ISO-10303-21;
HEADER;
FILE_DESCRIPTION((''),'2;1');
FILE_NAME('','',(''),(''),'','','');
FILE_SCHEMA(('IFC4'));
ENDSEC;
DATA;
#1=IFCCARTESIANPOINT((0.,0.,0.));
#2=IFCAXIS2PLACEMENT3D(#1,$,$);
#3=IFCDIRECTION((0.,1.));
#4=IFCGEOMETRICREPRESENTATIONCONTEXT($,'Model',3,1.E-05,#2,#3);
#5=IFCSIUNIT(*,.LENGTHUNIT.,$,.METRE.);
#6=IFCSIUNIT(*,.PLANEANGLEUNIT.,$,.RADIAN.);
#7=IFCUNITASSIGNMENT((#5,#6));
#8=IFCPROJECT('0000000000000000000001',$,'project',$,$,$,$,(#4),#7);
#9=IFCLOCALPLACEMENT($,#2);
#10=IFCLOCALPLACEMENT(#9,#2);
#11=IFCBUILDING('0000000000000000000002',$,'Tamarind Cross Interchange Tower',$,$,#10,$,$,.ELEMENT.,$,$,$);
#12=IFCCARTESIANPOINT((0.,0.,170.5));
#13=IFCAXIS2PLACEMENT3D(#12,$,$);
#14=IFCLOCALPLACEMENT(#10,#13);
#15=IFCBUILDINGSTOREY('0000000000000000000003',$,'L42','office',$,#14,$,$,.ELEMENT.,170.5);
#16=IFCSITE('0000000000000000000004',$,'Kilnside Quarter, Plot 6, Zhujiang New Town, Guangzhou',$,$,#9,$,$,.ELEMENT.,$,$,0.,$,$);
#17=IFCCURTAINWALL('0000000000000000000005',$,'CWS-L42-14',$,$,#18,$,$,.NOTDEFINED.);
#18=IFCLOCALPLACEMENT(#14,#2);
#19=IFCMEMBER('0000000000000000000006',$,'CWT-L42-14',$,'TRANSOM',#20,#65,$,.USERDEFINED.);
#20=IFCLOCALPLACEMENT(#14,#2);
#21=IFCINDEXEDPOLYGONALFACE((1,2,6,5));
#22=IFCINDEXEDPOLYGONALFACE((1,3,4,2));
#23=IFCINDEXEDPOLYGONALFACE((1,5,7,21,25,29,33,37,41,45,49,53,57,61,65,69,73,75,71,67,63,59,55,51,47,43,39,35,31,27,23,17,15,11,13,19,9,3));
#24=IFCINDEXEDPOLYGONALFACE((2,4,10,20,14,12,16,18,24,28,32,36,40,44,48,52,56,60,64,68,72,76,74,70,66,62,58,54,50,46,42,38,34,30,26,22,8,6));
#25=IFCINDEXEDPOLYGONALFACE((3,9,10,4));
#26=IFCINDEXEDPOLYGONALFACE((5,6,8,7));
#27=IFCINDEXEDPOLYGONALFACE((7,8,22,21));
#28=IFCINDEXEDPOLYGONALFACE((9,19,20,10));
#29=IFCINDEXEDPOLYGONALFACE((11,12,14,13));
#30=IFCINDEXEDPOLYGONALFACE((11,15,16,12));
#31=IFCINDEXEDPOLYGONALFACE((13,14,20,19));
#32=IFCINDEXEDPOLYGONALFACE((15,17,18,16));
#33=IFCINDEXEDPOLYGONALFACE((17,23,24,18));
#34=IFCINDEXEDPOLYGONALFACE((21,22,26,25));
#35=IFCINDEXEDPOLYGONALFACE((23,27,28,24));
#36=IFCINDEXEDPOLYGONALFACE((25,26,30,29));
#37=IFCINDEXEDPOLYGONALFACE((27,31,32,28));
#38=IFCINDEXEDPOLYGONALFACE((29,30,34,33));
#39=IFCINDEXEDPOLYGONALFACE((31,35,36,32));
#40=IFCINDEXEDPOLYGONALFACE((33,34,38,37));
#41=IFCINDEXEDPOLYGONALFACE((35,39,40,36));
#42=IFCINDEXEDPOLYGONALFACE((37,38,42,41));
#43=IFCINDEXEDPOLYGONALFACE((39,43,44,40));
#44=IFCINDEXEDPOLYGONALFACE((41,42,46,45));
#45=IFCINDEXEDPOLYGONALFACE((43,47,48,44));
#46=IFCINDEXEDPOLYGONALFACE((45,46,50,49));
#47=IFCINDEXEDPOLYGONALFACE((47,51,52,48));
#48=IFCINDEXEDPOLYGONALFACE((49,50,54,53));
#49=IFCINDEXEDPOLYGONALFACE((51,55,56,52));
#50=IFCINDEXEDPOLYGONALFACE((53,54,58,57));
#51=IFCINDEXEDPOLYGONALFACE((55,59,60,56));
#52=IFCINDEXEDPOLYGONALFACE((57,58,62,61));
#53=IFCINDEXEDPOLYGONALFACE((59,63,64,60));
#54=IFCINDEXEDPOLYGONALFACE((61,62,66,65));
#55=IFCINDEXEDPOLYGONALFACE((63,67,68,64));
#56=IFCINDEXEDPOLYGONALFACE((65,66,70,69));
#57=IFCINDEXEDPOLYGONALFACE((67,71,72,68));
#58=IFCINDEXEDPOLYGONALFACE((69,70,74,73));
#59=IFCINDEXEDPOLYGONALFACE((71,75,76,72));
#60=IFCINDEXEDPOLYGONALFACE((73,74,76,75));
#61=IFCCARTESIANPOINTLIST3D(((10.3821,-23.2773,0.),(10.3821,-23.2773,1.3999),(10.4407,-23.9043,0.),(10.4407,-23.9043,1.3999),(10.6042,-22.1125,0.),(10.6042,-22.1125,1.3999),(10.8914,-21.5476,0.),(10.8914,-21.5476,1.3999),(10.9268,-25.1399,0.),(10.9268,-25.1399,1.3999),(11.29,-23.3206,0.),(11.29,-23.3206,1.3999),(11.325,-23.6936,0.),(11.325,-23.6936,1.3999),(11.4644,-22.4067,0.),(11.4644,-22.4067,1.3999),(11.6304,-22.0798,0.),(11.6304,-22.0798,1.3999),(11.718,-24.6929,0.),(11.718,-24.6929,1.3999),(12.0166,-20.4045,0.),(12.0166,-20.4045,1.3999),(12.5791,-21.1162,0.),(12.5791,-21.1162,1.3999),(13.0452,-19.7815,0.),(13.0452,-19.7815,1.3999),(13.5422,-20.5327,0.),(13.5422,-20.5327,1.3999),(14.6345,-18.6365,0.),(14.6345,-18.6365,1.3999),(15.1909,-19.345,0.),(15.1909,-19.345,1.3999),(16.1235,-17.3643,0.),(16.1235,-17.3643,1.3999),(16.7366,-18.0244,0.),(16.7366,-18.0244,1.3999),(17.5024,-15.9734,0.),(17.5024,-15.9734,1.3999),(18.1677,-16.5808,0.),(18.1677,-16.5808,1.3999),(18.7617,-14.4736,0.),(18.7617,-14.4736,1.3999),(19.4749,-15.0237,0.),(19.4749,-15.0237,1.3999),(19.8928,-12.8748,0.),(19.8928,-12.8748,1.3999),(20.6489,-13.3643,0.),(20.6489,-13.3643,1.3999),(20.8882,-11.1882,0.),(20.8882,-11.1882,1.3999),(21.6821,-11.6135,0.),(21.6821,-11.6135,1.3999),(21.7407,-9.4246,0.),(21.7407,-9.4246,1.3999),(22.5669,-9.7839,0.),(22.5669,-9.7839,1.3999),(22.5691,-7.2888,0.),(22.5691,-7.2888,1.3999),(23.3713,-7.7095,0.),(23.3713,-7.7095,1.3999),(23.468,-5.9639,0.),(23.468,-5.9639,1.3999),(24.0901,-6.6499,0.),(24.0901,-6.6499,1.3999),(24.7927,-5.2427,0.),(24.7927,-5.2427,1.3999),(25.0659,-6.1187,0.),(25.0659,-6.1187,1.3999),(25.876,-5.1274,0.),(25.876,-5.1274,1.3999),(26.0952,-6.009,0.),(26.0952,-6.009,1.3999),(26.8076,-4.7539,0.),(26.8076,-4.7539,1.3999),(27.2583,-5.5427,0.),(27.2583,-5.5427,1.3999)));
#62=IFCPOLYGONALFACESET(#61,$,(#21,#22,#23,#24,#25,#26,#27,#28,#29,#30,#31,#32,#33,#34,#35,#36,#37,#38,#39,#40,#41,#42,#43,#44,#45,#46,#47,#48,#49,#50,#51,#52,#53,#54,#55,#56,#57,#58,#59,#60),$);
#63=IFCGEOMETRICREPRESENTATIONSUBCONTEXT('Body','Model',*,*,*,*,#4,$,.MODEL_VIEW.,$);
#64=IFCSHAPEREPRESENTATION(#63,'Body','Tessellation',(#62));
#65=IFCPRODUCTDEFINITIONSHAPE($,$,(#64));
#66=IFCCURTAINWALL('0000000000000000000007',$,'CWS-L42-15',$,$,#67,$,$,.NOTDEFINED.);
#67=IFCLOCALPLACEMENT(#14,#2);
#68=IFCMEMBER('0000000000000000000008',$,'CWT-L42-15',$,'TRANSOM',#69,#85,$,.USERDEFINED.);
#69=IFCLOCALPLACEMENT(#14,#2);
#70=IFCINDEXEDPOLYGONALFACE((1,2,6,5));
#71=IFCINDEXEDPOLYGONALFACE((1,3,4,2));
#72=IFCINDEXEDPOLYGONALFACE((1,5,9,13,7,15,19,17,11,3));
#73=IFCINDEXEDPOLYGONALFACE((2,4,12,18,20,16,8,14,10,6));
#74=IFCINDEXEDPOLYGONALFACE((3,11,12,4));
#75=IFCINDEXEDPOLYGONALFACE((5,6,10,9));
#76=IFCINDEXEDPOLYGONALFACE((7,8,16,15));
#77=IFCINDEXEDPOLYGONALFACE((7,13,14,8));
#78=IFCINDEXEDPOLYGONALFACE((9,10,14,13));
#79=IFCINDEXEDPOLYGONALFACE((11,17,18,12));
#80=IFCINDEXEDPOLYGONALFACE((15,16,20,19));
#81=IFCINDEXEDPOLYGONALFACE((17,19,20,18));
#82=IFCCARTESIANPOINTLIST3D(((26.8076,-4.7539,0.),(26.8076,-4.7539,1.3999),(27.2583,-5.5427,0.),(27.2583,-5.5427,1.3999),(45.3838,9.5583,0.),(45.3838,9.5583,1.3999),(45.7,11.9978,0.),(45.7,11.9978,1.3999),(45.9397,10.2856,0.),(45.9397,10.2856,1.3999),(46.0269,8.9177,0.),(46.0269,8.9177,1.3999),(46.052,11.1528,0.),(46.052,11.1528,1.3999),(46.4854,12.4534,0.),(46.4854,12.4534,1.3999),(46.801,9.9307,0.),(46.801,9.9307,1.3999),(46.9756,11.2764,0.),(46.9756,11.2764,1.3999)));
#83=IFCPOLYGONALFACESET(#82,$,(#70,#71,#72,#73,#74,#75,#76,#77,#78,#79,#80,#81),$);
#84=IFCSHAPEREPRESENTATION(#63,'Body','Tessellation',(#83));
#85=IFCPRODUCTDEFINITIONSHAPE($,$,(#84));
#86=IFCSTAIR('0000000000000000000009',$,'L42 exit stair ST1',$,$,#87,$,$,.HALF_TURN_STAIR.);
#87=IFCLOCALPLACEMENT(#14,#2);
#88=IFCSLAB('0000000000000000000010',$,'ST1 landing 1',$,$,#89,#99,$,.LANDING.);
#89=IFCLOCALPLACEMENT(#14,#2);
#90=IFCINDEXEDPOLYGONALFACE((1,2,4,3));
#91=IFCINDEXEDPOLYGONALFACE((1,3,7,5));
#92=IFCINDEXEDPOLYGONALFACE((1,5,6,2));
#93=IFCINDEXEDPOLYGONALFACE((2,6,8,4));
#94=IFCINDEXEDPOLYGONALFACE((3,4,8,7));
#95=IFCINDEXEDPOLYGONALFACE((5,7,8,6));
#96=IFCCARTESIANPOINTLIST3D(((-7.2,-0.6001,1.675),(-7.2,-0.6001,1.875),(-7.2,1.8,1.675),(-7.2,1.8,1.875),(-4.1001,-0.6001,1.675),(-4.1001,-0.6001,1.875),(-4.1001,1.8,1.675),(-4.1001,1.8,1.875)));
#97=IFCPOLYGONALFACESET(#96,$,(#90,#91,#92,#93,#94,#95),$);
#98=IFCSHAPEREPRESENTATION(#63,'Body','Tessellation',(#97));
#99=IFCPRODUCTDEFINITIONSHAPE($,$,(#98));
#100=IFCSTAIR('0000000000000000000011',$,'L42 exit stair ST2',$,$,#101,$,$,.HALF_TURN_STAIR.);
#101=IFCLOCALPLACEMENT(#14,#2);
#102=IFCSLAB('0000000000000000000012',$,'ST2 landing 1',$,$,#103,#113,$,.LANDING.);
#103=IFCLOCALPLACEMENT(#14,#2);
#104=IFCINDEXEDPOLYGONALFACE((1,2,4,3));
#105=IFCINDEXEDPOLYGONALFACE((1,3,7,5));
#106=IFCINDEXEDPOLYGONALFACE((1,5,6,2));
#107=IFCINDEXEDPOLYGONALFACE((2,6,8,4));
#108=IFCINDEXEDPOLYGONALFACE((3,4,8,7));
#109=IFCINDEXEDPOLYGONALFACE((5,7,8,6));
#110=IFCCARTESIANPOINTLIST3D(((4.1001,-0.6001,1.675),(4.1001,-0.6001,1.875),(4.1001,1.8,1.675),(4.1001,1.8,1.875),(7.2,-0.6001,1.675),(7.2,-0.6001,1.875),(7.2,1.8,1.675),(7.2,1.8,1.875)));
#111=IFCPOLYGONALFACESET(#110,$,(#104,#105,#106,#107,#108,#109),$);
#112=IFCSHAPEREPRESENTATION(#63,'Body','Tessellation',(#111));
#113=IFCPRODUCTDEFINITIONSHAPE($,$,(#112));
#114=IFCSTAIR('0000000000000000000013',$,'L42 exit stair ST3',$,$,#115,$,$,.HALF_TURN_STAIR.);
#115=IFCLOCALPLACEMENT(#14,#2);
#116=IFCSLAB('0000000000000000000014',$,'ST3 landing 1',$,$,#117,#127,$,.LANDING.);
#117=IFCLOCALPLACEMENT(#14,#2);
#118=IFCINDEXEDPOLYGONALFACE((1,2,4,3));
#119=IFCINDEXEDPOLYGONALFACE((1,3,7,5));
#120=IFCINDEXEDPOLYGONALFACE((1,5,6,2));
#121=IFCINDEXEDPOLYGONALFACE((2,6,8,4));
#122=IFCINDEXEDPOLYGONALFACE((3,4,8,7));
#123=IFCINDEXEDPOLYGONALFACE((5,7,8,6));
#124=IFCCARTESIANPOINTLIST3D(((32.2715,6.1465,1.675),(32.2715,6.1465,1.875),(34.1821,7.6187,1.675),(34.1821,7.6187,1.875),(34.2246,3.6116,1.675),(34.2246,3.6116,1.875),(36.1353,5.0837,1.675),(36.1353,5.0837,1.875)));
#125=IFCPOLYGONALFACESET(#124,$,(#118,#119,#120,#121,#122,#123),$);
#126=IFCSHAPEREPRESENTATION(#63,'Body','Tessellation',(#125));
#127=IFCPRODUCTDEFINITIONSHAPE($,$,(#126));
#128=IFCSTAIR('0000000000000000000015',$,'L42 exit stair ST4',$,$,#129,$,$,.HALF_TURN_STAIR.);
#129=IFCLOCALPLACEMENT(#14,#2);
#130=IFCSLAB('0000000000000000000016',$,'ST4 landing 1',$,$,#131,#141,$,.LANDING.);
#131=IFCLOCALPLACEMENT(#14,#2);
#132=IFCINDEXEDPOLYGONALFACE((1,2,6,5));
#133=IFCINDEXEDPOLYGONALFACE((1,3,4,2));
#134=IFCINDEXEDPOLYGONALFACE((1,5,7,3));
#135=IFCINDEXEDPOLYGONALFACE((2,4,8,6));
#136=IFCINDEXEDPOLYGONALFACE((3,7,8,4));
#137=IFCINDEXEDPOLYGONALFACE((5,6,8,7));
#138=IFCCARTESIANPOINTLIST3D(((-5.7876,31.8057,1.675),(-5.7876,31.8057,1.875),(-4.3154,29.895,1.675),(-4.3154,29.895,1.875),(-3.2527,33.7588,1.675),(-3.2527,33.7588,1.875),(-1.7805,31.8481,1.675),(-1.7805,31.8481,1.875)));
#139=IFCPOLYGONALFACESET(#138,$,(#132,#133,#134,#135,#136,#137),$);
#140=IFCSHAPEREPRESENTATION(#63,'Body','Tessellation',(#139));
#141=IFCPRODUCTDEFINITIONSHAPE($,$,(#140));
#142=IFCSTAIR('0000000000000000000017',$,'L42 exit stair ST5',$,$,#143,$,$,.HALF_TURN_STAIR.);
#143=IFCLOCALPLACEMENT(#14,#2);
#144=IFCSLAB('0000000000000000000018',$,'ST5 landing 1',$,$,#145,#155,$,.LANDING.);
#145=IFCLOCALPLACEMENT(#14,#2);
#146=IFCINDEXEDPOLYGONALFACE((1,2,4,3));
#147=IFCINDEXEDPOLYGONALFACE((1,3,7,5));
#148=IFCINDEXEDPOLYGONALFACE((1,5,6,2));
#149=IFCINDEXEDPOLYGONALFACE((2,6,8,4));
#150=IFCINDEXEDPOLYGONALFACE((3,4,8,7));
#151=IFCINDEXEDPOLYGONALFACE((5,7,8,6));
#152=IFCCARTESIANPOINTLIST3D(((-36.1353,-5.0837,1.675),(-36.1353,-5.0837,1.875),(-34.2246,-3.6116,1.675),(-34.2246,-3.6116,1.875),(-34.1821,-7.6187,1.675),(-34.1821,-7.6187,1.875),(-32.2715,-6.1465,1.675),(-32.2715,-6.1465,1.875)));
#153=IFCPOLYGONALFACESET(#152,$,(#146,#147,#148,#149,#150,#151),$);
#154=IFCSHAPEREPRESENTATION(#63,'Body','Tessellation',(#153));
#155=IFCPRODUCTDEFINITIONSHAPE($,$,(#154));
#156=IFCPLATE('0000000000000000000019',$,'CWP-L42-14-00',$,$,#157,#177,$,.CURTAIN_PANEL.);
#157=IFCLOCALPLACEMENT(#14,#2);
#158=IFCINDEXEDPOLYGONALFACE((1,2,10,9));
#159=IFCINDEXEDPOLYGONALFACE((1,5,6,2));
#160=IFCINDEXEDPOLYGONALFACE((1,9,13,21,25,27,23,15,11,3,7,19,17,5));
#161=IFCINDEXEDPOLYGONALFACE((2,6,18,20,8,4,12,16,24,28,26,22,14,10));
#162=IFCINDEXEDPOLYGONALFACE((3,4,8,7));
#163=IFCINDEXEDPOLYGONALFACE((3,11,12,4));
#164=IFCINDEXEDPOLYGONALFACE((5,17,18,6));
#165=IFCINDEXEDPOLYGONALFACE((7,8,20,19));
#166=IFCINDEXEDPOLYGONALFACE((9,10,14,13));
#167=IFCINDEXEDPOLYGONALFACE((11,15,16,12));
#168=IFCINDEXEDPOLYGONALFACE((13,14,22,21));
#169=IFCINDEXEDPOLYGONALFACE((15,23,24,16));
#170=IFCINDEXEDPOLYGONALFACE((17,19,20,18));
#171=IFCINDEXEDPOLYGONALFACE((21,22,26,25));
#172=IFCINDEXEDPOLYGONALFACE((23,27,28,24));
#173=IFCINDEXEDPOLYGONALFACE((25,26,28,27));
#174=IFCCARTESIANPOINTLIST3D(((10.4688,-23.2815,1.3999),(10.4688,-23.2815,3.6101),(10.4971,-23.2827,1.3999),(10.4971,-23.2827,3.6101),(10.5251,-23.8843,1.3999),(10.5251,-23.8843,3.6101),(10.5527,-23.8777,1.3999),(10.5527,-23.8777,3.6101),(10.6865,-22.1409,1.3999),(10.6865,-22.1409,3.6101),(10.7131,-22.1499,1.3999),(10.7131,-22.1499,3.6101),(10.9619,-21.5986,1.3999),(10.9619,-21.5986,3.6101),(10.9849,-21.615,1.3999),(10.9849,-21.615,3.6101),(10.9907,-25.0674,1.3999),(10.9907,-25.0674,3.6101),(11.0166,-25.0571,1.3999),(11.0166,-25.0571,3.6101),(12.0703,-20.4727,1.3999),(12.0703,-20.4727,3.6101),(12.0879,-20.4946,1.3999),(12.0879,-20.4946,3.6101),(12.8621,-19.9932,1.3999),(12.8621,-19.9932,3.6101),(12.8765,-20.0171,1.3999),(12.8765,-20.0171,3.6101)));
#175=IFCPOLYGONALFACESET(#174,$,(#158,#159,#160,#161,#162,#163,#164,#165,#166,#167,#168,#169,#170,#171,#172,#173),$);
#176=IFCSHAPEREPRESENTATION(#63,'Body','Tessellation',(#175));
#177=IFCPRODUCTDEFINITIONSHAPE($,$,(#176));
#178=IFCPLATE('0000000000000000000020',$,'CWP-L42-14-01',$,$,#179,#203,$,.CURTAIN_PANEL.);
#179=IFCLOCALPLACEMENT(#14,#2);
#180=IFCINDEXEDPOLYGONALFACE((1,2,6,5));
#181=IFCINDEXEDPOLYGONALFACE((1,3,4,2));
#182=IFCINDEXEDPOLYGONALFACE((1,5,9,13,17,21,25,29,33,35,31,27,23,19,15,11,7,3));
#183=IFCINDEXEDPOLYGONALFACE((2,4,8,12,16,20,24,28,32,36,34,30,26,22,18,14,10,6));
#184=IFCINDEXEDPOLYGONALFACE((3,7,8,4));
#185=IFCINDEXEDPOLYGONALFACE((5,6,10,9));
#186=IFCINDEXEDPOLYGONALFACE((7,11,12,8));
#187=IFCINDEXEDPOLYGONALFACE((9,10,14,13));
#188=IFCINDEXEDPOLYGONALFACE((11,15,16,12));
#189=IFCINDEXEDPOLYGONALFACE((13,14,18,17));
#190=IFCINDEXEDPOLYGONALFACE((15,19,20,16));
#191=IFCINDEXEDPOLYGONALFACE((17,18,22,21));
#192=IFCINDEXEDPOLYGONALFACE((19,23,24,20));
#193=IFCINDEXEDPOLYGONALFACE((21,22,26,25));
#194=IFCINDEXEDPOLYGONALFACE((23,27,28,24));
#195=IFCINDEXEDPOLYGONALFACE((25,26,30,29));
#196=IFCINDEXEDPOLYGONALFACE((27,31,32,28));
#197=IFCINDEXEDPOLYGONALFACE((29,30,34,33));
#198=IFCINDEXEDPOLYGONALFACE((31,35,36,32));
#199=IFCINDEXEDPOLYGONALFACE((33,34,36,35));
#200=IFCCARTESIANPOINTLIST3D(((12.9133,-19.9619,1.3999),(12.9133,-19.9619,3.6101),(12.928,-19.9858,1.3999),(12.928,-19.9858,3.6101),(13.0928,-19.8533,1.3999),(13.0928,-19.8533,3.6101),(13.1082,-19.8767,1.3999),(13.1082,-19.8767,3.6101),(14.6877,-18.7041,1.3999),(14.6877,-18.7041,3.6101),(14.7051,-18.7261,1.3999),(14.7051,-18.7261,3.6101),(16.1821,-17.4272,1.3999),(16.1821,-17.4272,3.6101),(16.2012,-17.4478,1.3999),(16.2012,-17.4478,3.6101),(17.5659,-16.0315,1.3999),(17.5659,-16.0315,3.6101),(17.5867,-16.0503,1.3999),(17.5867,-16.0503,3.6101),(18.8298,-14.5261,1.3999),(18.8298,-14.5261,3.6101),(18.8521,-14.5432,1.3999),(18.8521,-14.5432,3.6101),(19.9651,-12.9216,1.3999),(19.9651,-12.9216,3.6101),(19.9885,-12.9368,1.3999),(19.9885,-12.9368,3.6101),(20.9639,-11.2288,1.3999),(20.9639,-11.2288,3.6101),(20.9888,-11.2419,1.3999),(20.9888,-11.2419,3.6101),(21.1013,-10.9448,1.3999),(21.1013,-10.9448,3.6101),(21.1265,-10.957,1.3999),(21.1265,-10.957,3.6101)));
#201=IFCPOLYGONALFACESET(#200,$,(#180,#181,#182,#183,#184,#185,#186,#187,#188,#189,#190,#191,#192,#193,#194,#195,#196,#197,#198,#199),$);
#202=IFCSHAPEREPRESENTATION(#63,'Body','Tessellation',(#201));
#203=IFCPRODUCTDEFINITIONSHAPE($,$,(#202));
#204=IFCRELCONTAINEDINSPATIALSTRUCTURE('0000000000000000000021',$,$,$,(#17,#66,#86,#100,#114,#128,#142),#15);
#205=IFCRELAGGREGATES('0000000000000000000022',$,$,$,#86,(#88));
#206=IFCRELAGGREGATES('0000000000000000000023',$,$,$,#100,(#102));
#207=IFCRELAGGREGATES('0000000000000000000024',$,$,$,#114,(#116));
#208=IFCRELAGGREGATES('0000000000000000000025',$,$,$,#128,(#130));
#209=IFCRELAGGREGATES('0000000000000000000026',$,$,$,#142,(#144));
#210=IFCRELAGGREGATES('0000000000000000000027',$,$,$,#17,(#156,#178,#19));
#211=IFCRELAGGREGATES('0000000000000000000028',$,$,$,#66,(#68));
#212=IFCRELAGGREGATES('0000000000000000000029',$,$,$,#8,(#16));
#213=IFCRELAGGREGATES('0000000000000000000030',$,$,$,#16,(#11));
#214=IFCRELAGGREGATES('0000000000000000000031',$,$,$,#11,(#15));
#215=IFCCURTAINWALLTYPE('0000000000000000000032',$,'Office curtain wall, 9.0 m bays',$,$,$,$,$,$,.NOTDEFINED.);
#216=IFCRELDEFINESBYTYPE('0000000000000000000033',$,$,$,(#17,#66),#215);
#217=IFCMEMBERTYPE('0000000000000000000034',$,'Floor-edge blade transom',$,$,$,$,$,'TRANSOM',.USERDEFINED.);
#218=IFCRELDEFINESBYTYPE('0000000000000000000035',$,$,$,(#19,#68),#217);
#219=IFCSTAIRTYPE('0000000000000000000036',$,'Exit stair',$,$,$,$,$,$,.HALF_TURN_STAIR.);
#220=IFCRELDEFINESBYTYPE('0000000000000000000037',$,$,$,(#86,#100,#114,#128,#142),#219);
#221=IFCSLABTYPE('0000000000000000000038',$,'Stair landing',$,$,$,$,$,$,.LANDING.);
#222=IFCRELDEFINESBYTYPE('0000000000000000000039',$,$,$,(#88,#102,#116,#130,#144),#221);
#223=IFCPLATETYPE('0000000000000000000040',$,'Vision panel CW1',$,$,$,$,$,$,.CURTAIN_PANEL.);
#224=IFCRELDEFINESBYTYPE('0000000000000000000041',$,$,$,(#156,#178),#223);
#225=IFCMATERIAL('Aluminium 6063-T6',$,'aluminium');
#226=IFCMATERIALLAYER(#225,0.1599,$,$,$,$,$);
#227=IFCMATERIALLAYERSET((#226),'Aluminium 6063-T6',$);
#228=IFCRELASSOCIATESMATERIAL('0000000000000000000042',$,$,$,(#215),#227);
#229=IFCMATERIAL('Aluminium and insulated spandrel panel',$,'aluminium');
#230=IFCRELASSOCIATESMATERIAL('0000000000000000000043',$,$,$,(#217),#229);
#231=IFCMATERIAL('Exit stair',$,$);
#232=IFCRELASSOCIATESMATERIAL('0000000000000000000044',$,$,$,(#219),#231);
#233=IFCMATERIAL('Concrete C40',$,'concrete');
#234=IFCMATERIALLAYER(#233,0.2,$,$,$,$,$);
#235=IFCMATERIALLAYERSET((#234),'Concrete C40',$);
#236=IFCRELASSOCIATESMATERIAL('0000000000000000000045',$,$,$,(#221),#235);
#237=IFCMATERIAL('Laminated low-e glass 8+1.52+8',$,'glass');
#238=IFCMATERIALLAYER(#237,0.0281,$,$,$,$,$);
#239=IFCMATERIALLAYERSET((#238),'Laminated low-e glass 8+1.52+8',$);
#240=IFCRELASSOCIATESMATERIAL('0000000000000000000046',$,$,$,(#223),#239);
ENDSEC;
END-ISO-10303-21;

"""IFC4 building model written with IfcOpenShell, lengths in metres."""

from ifc_helpers import new_model, si_unit, direction, frame, origin, place, context, subcontext, project, spatial, polyline, outline, extrude, material, layer, layer_set, type_object, element, aggregate, save


model = new_model("IFC4")

# Units and contexts
model_context = context("Model", 3, precision=1e-05, world=origin(), true_north=direction((0.0, 1.0)))
body_context = subcontext(model_context, "Body", "Model", "MODEL_VIEW")
ifc_project = project(units=[si_unit("LENGTHUNIT", "METRE"), si_unit("PLANEANGLEUNIT", "RADIAN")], contexts=[model_context])

# Site, building, storey
site_placement = place(None, origin())
site = spatial("IfcSite", under=ifc_project, at=site_placement, Name="Kilnside Quarter, Plot 6, Zhujiang New Town, Guangzhou", CompositionType="ELEMENT", RefElevation=0.0)
building_placement = place(site_placement, origin())
building = spatial("IfcBuilding", under=site, at=building_placement, Name="Tamarind Cross Interchange Tower", CompositionType="ELEMENT")
storey_placement = place(building_placement, frame((0.0, 0.0, 170.5)))
storey = spatial("IfcBuildingStorey", under=building, at=storey_placement, Name="L42", Description="office", CompositionType="ELEMENT", Elevation=170.5)

# Curtain walls, members
ifc_material_1 = material(Name="Aluminium 6063-T6", Category="aluminium")
ifc_layer_1 = layer(ifc_material_1, 0.1599)
ifc_layer_set_1 = layer_set([ifc_layer_1], Name="Aluminium 6063-T6")
curtain_wall_type = type_object("IfcCurtainWallType", Name="Office curtain wall, 9.0 m bays", PredefinedType="NOTDEFINED", material=ifc_layer_set_1)
curtain_wall_1_placement = place(storey_placement, origin())
curtain_wall_1 = element("IfcCurtainWall", 1, at=curtain_wall_1_placement, inside=storey, type_object=curtain_wall_type, Name="CWS-L42-14", PredefinedType="NOTDEFINED")
ifc_material_2 = material(Name="Aluminium and insulated spandrel panel", Category="aluminium")
member_type = type_object("IfcMemberType", Name="Floor-edge blade transom", ElementType="TRANSOM", PredefinedType="USERDEFINED", material=ifc_material_2)
member_1_placement = place(storey_placement, origin())
member_1 = element("IfcMember", 2, at=member_1_placement, type_object=member_type, Name="CWT-L42-14", ObjectType="TRANSOM", PredefinedType="USERDEFINED", context=body_context, shape_type="SweptSolid", body=[
    extrude(outline(polyline([(10.9268, -25.1399), (10.4407, -23.9043), (10.3821, -23.2773), (10.6042, -22.1125), (10.8914, -21.5476), (12.0166, -20.4045), (13.0452, -19.7815), (14.6345, -18.6365), (16.1235, -17.3643), (17.5024, -15.9734), (18.7617, -14.4736), (19.8928, -12.8748), (20.8882, -11.1882), (21.7407, -9.4246), (22.5691, -7.2888), (23.468, -5.9639), (24.7927, -5.2427), (25.876, -5.1274), (26.8076, -4.7539), (27.2583, -5.5427), (26.0952, -6.009), (25.0659, -6.1187), (24.0901, -6.6499), (23.3713, -7.7095), (22.5669, -9.7839), (21.6821, -11.6135), (20.6489, -13.3643), (19.4749, -15.0237), (18.1677, -16.5808), (16.7366, -18.0244), (15.1909, -19.345), (13.5422, -20.5327), (12.5791, -21.1162), (11.6304, -22.0798), (11.4644, -22.4067), (11.29, -23.3206), (11.325, -23.6936), (11.718, -24.6929), (10.9268, -25.1399)])), origin(), (0.0, 0.0, 1.0), 1.3999),
])
curtain_wall_2_placement = place(storey_placement, origin())
curtain_wall_2 = element("IfcCurtainWall", 3, at=curtain_wall_2_placement, inside=storey, type_object=curtain_wall_type, Name="CWS-L42-15", PredefinedType="NOTDEFINED")
member_2_placement = place(storey_placement, origin())
member_2 = element("IfcMember", 4, at=member_2_placement, type_object=member_type, Name="CWT-L42-15", ObjectType="TRANSOM", PredefinedType="USERDEFINED", context=body_context, shape_type="SweptSolid", body=[
    extrude(outline(polyline([(26.8076, -4.7539), (45.3838, 9.5583), (45.9397, 10.2856), (46.052, 11.1528), (45.7, 11.9978), (46.4854, 12.4534), (46.9756, 11.2764), (46.801, 9.9307), (46.0269, 8.9177), (27.2583, -5.5427), (26.8076, -4.7539)])), origin(), (0.0, 0.0, 1.0), 1.3999),
])

# Stairs, slabs
ifc_material_3 = material(Name="Exit stair")
stair_type = type_object("IfcStairType", Name="Exit stair", PredefinedType="HALF_TURN_STAIR", material=ifc_material_3)
stair_1_placement = place(storey_placement, origin())
stair_1 = element("IfcStair", 5, at=stair_1_placement, inside=storey, type_object=stair_type, Name="L42 exit stair ST1", PredefinedType="HALF_TURN_STAIR")
ifc_material_4 = material(Name="Concrete C40", Category="concrete")
ifc_layer_2 = layer(ifc_material_4, 0.2)
ifc_layer_set_2 = layer_set([ifc_layer_2], Name="Concrete C40")
slab_type = type_object("IfcSlabType", Name="Stair landing", PredefinedType="LANDING", material=ifc_layer_set_2)
slab_1_placement = place(storey_placement, frame((0.0, 0.0, 1.675)))
slab_1 = element("IfcSlab", 6, at=slab_1_placement, type_object=slab_type, Name="ST1 landing 1", PredefinedType="LANDING", context=body_context, shape_type="SweptSolid", body=[
    extrude(outline(polyline([(-4.1001, -0.6001), (-4.1001, 1.8), (-7.2, 1.8), (-7.2, -0.6001), (-4.1001, -0.6001)])), origin(), (0.0, 0.0, 1.0), 0.2),
])
aggregate(stair_1, [slab_1])
stair_2_placement = place(storey_placement, origin())
stair_2 = element("IfcStair", 7, at=stair_2_placement, inside=storey, type_object=stair_type, Name="L42 exit stair ST2", PredefinedType="HALF_TURN_STAIR")
slab_2_placement = place(storey_placement, frame((0.0, 0.0, 1.675)))
slab_2 = element("IfcSlab", 8, at=slab_2_placement, type_object=slab_type, Name="ST2 landing 1", PredefinedType="LANDING", context=body_context, shape_type="SweptSolid", body=[
    extrude(outline(polyline([(7.2, -0.6001), (7.2, 1.8), (4.1001, 1.8), (4.1001, -0.6001), (7.2, -0.6001)])), origin(), (0.0, 0.0, 1.0), 0.2),
])
aggregate(stair_2, [slab_2])
stair_3_placement = place(storey_placement, origin())
stair_3 = element("IfcStair", 9, at=stair_3_placement, inside=storey, type_object=stair_type, Name="L42 exit stair ST3", PredefinedType="HALF_TURN_STAIR")
slab_3_placement = place(storey_placement, frame((0.0, 0.0, 1.675)))
slab_3 = element("IfcSlab", 10, at=slab_3_placement, type_object=slab_type, Name="ST3 landing 1", PredefinedType="LANDING", context=body_context, shape_type="SweptSolid", body=[
    extrude(outline(polyline([(34.2246, 3.6116), (36.1353, 5.0837), (34.1821, 7.6187), (32.2715, 6.1465), (34.2246, 3.6116)])), origin(), (0.0, 0.0, 1.0), 0.2),
])
aggregate(stair_3, [slab_3])
stair_4_placement = place(storey_placement, origin())
stair_4 = element("IfcStair", 11, at=stair_4_placement, inside=storey, type_object=stair_type, Name="L42 exit stair ST4", PredefinedType="HALF_TURN_STAIR")
slab_4_placement = place(storey_placement, frame((0.0, 0.0, 1.675)))
slab_4 = element("IfcSlab", 12, at=slab_4_placement, type_object=slab_type, Name="ST4 landing 1", PredefinedType="LANDING", context=body_context, shape_type="SweptSolid", body=[
    extrude(outline(polyline([(-1.7805, 31.8481), (-3.2527, 33.7588), (-5.7876, 31.8057), (-4.3154, 29.895), (-1.7805, 31.8481)])), origin(), (0.0, 0.0, 1.0), 0.2),
])
aggregate(stair_4, [slab_4])
stair_5_placement = place(storey_placement, origin())
stair_5 = element("IfcStair", 13, at=stair_5_placement, inside=storey, type_object=stair_type, Name="L42 exit stair ST5", PredefinedType="HALF_TURN_STAIR")
slab_5_placement = place(storey_placement, frame((0.0, 0.0, 1.675)))
slab_5 = element("IfcSlab", 14, at=slab_5_placement, type_object=slab_type, Name="ST5 landing 1", PredefinedType="LANDING", context=body_context, shape_type="SweptSolid", body=[
    extrude(outline(polyline([(-34.2246, -3.6116), (-36.1353, -5.0837), (-34.1821, -7.6187), (-32.2715, -6.1465), (-34.2246, -3.6116)])), origin(), (0.0, 0.0, 1.0), 0.2),
])
aggregate(stair_5, [slab_5])

# Plates
ifc_material_5 = material(Name="Laminated low-e glass 8+1.52+8", Category="glass")
ifc_layer_3 = layer(ifc_material_5, 0.0281)
ifc_layer_set_3 = layer_set([ifc_layer_3], Name="Laminated low-e glass 8+1.52+8")
plate_type = type_object("IfcPlateType", Name="Vision panel CW1", PredefinedType="CURTAIN_PANEL", material=ifc_layer_set_3)
plate_1_placement = place(storey_placement, frame((0.0, 0.0, 1.3999)))
plate_1 = element("IfcPlate", 15, at=plate_1_placement, type_object=plate_type, Name="CWP-L42-14-00", PredefinedType="CURTAIN_PANEL", context=body_context, shape_type="SweptSolid", body=[
    extrude(outline(polyline([(10.9907, -25.0674), (10.5251, -23.8843), (10.4688, -23.2815), (10.6865, -22.1409), (10.9619, -21.5986), (12.0703, -20.4727), (12.8621, -19.9932), (12.8765, -20.0171), (12.0879, -20.4946), (10.9849, -21.615), (10.7131, -22.1499), (10.4971, -23.2827), (10.5527, -23.8777), (11.0166, -25.0571), (10.9907, -25.0674)])), origin(), (0.0, 0.0, 1.0), 2.2102),
])
plate_2_placement = place(storey_placement, frame((0.0, 0.0, 1.3999)))
plate_2 = element("IfcPlate", 16, at=plate_2_placement, type_object=plate_type, Name="CWP-L42-14-01", PredefinedType="CURTAIN_PANEL", context=body_context, shape_type="SweptSolid", body=[
    extrude(outline(polyline([(12.9133, -19.9619), (13.0928, -19.8533), (14.6877, -18.7041), (16.1821, -17.4272), (17.5659, -16.0315), (18.8298, -14.5261), (19.9651, -12.9216), (20.9639, -11.2288), (21.1013, -10.9448), (21.1265, -10.957), (20.9888, -11.2419), (19.9885, -12.9368), (18.8521, -14.5432), (17.5867, -16.0503), (16.2012, -17.4478), (14.7051, -18.7261), (13.1082, -19.8767), (12.928, -19.9858), (12.9133, -19.9619)])), origin(), (0.0, 0.0, 1.0), 2.2102),
])
aggregate(curtain_wall_1, [plate_1, plate_2, member_1])
aggregate(curtain_wall_2, [member_2])

save(model, "model.ifc")
